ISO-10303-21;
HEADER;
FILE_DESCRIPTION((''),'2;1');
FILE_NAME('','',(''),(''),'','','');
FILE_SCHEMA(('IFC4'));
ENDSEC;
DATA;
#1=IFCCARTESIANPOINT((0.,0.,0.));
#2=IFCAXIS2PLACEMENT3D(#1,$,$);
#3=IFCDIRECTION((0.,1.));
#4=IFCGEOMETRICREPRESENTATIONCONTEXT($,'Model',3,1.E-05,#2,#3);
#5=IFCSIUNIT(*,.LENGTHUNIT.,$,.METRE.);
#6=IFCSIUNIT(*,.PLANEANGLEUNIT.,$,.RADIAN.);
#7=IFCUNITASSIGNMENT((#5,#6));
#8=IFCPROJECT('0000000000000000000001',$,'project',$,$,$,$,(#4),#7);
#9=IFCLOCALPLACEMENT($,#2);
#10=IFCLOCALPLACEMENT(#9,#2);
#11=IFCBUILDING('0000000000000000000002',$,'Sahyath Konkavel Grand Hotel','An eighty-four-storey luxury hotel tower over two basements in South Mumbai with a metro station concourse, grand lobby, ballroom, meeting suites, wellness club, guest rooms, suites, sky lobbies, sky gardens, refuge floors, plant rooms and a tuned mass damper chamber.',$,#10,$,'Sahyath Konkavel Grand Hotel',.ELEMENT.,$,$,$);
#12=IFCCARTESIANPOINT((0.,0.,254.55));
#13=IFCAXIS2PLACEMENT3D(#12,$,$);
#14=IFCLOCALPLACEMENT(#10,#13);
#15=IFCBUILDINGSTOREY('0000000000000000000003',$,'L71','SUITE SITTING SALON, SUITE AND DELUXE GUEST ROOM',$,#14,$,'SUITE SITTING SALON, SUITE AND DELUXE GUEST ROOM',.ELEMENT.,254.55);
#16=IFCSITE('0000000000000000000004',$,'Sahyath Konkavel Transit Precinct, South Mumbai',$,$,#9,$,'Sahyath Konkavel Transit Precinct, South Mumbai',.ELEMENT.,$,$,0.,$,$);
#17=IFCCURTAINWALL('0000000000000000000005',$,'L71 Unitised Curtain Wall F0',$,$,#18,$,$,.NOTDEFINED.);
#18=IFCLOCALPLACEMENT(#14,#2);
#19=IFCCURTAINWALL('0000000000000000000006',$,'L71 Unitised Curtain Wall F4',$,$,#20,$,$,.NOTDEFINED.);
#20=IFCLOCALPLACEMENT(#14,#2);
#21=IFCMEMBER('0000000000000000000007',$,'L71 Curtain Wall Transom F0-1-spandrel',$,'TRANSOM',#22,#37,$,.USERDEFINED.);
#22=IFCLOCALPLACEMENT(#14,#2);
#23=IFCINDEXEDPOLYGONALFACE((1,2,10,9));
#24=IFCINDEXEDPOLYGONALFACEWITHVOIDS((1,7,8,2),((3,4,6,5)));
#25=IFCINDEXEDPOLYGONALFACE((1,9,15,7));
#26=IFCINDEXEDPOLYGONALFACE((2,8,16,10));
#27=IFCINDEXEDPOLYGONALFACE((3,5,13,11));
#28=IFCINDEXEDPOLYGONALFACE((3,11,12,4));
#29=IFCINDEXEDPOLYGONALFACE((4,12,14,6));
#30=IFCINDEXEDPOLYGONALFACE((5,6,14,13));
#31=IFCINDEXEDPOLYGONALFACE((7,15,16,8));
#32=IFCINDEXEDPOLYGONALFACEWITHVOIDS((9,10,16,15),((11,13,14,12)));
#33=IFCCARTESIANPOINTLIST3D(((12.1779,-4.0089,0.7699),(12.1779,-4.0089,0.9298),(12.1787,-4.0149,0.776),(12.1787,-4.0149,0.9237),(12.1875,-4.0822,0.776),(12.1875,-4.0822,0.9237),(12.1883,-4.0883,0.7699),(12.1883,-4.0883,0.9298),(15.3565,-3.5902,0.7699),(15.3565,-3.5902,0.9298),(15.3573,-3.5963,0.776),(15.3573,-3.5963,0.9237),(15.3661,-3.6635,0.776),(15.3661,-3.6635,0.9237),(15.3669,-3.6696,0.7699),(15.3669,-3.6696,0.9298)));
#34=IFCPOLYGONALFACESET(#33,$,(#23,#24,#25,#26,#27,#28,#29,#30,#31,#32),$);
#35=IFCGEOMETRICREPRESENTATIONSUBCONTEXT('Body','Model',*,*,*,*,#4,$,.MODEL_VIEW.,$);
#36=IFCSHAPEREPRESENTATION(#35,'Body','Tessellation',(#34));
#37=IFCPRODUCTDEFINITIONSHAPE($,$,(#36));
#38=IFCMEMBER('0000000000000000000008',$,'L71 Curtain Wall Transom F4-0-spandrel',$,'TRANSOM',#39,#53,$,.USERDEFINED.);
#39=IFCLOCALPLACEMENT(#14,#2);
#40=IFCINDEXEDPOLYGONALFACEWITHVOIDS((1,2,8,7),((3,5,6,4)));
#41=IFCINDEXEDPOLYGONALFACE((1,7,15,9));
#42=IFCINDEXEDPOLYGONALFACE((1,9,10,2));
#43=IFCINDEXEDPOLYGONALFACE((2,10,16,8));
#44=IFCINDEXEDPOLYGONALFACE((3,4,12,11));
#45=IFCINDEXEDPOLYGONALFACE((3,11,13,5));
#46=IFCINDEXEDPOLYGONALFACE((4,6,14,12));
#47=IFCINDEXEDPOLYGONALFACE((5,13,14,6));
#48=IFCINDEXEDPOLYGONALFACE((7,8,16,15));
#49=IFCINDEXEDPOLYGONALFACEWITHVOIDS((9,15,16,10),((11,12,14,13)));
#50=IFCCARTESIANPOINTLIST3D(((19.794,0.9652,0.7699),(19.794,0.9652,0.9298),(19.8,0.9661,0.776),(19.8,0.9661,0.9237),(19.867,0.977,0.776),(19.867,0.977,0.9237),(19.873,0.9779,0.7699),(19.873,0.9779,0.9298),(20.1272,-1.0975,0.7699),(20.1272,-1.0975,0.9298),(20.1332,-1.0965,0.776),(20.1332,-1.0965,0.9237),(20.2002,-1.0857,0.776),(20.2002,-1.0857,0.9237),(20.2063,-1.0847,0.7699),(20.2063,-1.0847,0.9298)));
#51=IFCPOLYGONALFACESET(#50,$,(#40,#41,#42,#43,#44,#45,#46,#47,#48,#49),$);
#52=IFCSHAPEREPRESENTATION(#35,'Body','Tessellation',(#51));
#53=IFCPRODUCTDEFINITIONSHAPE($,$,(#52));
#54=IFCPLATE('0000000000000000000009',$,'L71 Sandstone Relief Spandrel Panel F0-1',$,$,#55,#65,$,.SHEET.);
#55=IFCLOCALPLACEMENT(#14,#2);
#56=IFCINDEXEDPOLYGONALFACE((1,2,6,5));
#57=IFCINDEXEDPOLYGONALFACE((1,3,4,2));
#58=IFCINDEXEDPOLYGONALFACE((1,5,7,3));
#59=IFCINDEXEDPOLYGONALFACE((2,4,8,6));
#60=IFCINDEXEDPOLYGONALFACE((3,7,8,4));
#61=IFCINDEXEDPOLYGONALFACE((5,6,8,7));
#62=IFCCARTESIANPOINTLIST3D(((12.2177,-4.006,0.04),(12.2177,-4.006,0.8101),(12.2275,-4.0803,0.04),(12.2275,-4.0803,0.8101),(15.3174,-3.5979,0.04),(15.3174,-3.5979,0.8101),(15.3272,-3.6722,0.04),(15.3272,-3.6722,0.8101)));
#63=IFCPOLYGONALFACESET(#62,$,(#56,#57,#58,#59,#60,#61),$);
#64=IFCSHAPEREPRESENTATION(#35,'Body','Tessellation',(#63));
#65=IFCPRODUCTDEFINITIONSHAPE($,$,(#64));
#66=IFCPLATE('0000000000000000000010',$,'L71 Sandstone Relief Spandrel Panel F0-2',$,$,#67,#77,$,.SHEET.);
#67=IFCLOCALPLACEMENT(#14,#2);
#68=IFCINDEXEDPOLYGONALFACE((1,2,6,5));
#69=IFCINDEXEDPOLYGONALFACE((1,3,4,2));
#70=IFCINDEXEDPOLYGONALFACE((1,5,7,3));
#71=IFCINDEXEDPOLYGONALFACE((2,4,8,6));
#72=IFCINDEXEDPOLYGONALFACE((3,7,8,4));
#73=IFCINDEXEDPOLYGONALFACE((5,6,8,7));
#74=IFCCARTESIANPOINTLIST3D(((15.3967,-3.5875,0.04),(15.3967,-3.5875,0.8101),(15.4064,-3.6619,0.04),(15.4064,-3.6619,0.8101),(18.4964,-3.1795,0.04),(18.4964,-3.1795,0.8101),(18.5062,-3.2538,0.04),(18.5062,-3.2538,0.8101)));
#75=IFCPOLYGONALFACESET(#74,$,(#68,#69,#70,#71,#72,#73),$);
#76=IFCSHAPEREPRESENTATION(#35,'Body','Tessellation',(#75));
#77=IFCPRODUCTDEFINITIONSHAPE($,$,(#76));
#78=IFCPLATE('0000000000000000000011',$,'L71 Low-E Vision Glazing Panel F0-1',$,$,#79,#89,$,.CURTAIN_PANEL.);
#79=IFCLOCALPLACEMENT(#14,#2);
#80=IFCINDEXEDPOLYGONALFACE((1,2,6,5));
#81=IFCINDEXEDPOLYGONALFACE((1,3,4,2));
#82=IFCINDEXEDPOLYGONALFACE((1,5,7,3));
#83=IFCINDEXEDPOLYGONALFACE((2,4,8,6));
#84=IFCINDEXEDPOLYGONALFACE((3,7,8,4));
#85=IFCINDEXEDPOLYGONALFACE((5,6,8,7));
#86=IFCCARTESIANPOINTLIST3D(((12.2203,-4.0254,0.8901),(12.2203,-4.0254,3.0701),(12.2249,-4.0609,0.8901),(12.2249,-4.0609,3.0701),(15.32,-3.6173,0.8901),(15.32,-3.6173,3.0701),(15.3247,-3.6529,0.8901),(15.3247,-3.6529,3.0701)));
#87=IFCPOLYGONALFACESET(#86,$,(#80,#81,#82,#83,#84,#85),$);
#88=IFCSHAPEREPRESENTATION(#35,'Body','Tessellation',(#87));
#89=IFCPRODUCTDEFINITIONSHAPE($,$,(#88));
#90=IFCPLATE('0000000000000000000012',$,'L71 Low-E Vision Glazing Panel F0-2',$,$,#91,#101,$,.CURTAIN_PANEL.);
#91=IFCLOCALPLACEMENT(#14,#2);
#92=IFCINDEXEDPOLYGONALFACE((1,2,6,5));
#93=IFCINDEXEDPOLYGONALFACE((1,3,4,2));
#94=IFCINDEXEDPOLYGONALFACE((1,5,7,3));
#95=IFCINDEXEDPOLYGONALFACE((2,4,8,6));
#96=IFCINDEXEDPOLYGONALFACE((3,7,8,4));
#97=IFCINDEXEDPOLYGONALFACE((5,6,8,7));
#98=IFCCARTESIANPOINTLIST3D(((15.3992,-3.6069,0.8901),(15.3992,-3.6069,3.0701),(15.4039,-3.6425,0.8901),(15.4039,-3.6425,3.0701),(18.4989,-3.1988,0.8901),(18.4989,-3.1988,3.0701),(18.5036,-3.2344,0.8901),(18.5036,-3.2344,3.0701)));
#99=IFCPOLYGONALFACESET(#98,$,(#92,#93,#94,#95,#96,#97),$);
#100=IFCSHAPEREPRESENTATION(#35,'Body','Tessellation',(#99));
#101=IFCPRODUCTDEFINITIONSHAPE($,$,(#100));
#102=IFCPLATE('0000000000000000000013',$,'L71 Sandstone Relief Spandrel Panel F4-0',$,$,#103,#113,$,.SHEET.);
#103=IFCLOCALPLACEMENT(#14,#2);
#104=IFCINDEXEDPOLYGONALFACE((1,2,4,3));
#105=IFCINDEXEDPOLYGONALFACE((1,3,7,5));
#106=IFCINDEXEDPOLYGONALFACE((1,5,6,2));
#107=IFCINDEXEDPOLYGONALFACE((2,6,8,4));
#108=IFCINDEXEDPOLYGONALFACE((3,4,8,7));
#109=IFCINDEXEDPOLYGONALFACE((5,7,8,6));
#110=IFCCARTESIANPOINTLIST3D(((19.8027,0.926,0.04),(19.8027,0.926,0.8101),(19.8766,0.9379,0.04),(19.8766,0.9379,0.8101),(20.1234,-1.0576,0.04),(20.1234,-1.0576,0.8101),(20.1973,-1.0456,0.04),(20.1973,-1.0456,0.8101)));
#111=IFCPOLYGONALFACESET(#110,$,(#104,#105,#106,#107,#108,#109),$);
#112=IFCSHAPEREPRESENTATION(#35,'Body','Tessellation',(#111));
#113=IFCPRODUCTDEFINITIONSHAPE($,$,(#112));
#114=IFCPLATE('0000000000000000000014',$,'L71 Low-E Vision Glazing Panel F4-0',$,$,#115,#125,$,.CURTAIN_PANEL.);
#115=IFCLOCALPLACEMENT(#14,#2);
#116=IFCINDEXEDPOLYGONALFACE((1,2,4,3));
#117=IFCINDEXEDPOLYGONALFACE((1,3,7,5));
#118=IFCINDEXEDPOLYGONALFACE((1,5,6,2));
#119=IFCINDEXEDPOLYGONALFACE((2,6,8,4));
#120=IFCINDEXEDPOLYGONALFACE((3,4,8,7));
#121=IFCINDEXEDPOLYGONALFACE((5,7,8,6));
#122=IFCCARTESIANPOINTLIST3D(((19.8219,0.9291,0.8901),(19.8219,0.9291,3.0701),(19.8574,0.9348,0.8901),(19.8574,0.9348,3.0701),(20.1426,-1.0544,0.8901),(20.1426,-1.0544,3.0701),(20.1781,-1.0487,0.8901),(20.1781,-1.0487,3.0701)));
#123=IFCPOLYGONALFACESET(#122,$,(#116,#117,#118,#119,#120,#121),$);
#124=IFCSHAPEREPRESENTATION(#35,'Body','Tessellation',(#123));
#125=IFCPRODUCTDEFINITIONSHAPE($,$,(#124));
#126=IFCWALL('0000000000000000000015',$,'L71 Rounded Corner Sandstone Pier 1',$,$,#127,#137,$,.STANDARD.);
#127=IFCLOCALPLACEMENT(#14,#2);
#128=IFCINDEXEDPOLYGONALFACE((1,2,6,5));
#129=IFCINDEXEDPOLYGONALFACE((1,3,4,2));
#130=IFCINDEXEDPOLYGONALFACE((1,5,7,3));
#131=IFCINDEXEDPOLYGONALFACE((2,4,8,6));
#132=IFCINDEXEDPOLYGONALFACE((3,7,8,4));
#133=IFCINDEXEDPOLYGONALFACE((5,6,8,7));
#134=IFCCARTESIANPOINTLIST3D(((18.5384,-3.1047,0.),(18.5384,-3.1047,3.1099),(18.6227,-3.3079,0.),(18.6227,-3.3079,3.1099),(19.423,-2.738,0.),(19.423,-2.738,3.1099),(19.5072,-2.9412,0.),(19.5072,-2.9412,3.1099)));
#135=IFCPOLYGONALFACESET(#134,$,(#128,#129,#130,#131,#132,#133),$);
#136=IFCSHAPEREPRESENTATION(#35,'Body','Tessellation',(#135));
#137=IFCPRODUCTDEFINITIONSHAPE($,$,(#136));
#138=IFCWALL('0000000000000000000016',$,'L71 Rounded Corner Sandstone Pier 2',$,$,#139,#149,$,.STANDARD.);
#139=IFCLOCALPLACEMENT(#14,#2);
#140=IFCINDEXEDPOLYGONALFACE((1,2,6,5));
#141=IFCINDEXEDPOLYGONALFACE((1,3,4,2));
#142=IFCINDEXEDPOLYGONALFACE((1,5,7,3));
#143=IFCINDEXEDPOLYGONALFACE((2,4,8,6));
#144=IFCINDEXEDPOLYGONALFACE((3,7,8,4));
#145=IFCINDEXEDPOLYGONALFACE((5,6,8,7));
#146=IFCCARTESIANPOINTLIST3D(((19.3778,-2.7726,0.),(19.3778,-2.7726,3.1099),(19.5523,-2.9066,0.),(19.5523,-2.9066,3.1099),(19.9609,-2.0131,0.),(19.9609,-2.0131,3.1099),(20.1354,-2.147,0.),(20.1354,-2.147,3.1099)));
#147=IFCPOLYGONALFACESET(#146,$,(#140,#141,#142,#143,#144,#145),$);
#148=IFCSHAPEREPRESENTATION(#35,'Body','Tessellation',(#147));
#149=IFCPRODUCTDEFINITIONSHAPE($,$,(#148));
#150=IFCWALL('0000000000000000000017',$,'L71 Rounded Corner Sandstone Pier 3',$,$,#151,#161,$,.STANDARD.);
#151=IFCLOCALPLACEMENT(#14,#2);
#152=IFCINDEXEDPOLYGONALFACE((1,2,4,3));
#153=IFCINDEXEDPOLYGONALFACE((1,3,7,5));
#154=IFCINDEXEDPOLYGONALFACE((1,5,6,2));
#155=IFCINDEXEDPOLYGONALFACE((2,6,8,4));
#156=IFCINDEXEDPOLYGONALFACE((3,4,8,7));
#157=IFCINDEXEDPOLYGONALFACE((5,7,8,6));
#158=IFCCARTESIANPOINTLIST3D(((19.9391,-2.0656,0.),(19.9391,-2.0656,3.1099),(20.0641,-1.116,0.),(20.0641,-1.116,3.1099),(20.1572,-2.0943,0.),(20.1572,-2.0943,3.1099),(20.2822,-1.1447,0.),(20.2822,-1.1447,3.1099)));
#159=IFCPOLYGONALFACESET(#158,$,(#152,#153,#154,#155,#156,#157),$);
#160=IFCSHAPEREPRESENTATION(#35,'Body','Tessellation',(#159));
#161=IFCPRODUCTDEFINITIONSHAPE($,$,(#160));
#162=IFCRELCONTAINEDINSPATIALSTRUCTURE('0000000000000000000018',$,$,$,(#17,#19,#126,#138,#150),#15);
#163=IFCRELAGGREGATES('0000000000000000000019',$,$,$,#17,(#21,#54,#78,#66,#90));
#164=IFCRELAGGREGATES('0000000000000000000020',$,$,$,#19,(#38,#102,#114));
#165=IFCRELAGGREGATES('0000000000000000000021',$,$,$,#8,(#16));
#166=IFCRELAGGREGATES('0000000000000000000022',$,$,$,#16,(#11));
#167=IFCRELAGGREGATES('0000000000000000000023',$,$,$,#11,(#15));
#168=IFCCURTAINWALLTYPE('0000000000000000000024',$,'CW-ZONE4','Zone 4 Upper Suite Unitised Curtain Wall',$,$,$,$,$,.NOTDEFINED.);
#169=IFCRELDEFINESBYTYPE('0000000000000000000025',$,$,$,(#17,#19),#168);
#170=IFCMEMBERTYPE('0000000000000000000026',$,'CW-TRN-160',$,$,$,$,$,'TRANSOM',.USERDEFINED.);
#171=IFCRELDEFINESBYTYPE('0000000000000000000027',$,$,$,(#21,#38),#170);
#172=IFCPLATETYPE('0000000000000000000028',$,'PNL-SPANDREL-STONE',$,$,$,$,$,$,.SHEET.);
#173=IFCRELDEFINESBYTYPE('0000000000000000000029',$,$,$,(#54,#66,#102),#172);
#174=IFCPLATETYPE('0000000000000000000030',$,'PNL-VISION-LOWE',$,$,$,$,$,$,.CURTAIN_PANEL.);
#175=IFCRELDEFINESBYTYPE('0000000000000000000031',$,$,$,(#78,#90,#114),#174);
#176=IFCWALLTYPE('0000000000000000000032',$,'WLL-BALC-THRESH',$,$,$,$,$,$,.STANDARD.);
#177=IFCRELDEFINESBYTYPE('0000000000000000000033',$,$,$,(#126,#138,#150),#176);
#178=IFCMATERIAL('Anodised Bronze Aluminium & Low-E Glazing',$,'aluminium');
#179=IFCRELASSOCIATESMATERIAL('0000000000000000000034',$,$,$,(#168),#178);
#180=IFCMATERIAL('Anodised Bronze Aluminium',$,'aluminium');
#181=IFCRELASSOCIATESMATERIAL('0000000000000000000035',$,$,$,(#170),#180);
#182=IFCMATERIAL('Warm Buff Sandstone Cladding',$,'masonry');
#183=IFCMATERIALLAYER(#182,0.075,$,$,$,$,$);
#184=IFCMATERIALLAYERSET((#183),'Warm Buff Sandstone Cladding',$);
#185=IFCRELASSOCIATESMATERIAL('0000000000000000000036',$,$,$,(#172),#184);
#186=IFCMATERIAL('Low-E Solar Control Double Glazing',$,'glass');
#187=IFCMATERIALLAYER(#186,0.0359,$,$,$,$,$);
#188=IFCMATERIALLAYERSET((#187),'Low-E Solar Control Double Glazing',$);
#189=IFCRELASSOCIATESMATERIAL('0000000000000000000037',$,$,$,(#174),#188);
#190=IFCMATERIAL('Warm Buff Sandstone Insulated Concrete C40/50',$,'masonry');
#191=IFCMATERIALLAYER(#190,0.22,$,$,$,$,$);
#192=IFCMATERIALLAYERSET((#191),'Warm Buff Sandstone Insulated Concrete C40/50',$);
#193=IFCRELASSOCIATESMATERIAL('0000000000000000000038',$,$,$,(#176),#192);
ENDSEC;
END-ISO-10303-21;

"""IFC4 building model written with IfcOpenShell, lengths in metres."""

from ifc_helpers import new_model, si_unit, direction, frame, frame_2d, origin, origin_2d, place, context, subcontext, project, spatial, rectangle, hollow_rectangle, extrude, source, transform, mapped, material, layer, layer_set, material_profile, profile_set, type_object, element, aggregate, save


model = new_model("IFC4")

# Units and contexts
model_context = context("Model", 3, precision=1e-05, world=origin(), true_north=direction((0.0, 1.0)))
body_context = subcontext(model_context, "Body", "Model", "MODEL_VIEW")
ifc_project = project(units=[si_unit("LENGTHUNIT", "METRE"), si_unit("PLANEANGLEUNIT", "RADIAN")], contexts=[model_context])

# Site, building, storey
site_placement = place(None, origin())
site = spatial("IfcSite", under=ifc_project, at=site_placement, Name="Sahyath Konkavel Transit Precinct, South Mumbai", LongName="Sahyath Konkavel Transit Precinct, South Mumbai", CompositionType="ELEMENT", RefElevation=0.0)
building_placement = place(site_placement, origin())
building = spatial("IfcBuilding", under=site, at=building_placement, Name="Sahyath Konkavel Grand Hotel", Description="An eighty-four-storey luxury hotel tower over two basements in South Mumbai with a metro station concourse, grand lobby, ballroom, meeting suites, wellness club, guest rooms, suites, sky lobbies, sky gardens, refuge floors, plant rooms and a tuned mass damper chamber.", LongName="Sahyath Konkavel Grand Hotel", CompositionType="ELEMENT")
storey_placement = place(building_placement, frame((0.0, 0.0, 254.55)))
storey = spatial("IfcBuildingStorey", under=building, at=storey_placement, Name="L71", Description="SUITE SITTING SALON, SUITE AND DELUXE GUEST ROOM", LongName="SUITE SITTING SALON, SUITE AND DELUXE GUEST ROOM", CompositionType="ELEMENT", Elevation=254.55)

# Curtain wall
ifc_material_1 = material(Name="Anodised Bronze Aluminium & Low-E Glazing", Category="aluminium")
curtain_wall_type = type_object("IfcCurtainWallType", Name="CW-ZONE4", Description="Zone 4 Upper Suite Unitised Curtain Wall", PredefinedType="NOTDEFINED", material=ifc_material_1)
curtain_wall_1_placement = place(storey_placement, origin())
curtain_wall_1 = element("IfcCurtainWall", 1, at=curtain_wall_1_placement, inside=storey, type_object=curtain_wall_type, Name="L71 Unitised Curtain Wall F0", PredefinedType="NOTDEFINED")
ifc_material_2 = material(Name="Anodised Bronze Aluminium", Category="aluminium")

# Curtain wall
curtain_wall_2_placement = place(storey_placement, origin())
curtain_wall_2 = element("IfcCurtainWall", 2, at=curtain_wall_2_placement, inside=storey, type_object=curtain_wall_type, Name="L71 Unitised Curtain Wall F4", PredefinedType="NOTDEFINED")

# Members
ifc_material_profile_1 = material_profile(ifc_material_2, hollow_rectangle(XDim=0.0801, YDim=0.1599, WallThickness=0.0061, at=origin_2d()), Name="RHS 160x80x6")
ifc_profile_set_1 = profile_set([ifc_material_profile_1], Name="Anodised Bronze Aluminium")
member_type_1 = type_object("IfcMemberType", Name="CW-TRN-160", ElementType="TRANSOM", PredefinedType="USERDEFINED", material=ifc_profile_set_1)
shared_shape_1 = source(origin(), body_context, "Body", "SweptSolid", [
    extrude(hollow_rectangle(XDim=0.0801, YDim=0.1599, WallThickness=0.0061, at=origin_2d()), origin(), (0.0, 0.0, 1.0), 3.2061),
])
member_1_placement = place(storey_placement, frame((12.1831, -4.0486, 0.8499), z_axis=(0.991436, 0.130592, 0.0), x_axis=(-0.130592, 0.991436, 0.0)))
member_1 = element("IfcMember", 3, at=member_1_placement, type_object=member_type_1, Name="L71 Curtain Wall Transom F0-1-spandrel", ObjectType="TRANSOM", PredefinedType="USERDEFINED", context=body_context, shape_type="MappedRepresentation", body=[
    mapped(shared_shape_1, transform((0.0, 0.0, 0.0), scale=1.0)),
])
shared_shape_2 = source(origin(), body_context, "Body", "SweptSolid", [
    extrude(hollow_rectangle(XDim=0.0801, YDim=0.1599, WallThickness=0.0061, at=origin_2d()), origin(), (0.0, 0.0, 1.0), 2.0894),
])
member_2_placement = place(storey_placement, frame((20.1667, -1.0911, 0.8499), z_axis=(-0.159508, 0.987197, 0.0), x_axis=(-0.987197, -0.159508, 0.0)))
member_2 = element("IfcMember", 4, at=member_2_placement, type_object=member_type_1, Name="L71 Curtain Wall Transom F4-0-spandrel", ObjectType="TRANSOM", PredefinedType="USERDEFINED", context=body_context, shape_type="MappedRepresentation", body=[
    mapped(shared_shape_2, transform((0.0, 0.0, 0.0), scale=1.0)),
])

# Plates
ifc_material_3 = material(Name="Warm Buff Sandstone Cladding", Category="masonry")
ifc_layer_1 = layer(ifc_material_3, 0.075)
ifc_layer_set_1 = layer_set([ifc_layer_1], Name="Warm Buff Sandstone Cladding")
plate_type_1 = type_object("IfcPlateType", Name="PNL-SPANDREL-STONE", PredefinedType="SHEET", material=ifc_layer_set_1)
shared_shape_3 = source(origin(), body_context, "Body", "SweptSolid", [
    extrude(rectangle(XDim=3.1265, YDim=0.075, at=origin_2d()), origin(), (0.0, 0.0, 1.0), 0.77),
])
plate_1_placement = place(storey_placement, frame((13.7725, -3.8391, 0.04), z_axis=(0.0, 0.0, 1.0), x_axis=(0.991445, 0.130526, 0.0)))
plate_1 = element("IfcPlate", 5, at=plate_1_placement, type_object=plate_type_1, Name="L71 Sandstone Relief Spandrel Panel F0-1", PredefinedType="SHEET", context=body_context, shape_type="MappedRepresentation", body=[
    mapped(shared_shape_3, transform((0.0, 0.0, 0.0), scale=1.0)),
])
plate_2_placement = place(storey_placement, frame((16.9514, -3.4207, 0.04), z_axis=(0.0, 0.0, 1.0), x_axis=(0.991445, 0.130526, 0.0)))
plate_2 = element("IfcPlate", 6, at=plate_2_placement, type_object=plate_type_1, Name="L71 Sandstone Relief Spandrel Panel F0-2", PredefinedType="SHEET", context=body_context, shape_type="MappedRepresentation", body=[
    mapped(shared_shape_3, transform((0.0, 0.0, 0.0), scale=1.0)),
])
ifc_material_4 = material(Name="Low-E Solar Control Double Glazing", Category="glass")
ifc_layer_2 = layer(ifc_material_4, 0.0359)
ifc_layer_set_2 = layer_set([ifc_layer_2], Name="Low-E Solar Control Double Glazing")
plate_type_2 = type_object("IfcPlateType", Name="PNL-VISION-LOWE", PredefinedType="CURTAIN_PANEL", material=ifc_layer_set_2)
shared_shape_4 = source(origin(), body_context, "Body", "SweptSolid", [
    extrude(rectangle(XDim=3.1265, YDim=0.0359, at=origin_2d()), origin(), (0.0, 0.0, 1.0), 2.1799),
])
plate_3_placement = place(storey_placement, frame((13.7725, -3.8391, 0.8901), z_axis=(0.0, 0.0, 1.0), x_axis=(0.991445, 0.130526, 0.0)))
plate_3 = element("IfcPlate", 7, at=plate_3_placement, type_object=plate_type_2, Name="L71 Low-E Vision Glazing Panel F0-1", PredefinedType="CURTAIN_PANEL", context=body_context, shape_type="MappedRepresentation", body=[
    mapped(shared_shape_4, transform((0.0, 0.0, 0.0), scale=1.0)),
])
plate_4_placement = place(storey_placement, frame((16.9514, -3.4207, 0.8901), z_axis=(0.0, 0.0, 1.0), x_axis=(0.991445, 0.130526, 0.0)))
plate_4 = element("IfcPlate", 8, at=plate_4_placement, type_object=plate_type_2, Name="L71 Low-E Vision Glazing Panel F0-2", PredefinedType="CURTAIN_PANEL", context=body_context, shape_type="MappedRepresentation", body=[
    mapped(shared_shape_4, transform((0.0, 0.0, 0.0), scale=1.0)),
])
aggregate(curtain_wall_1, [member_1, plate_1, plate_3, plate_2, plate_4])
shared_shape_5 = source(origin(), body_context, "Body", "SweptSolid", [
    extrude(rectangle(XDim=2.0093, YDim=0.075, at=origin_2d()), origin(), (0.0, 0.0, 1.0), 0.77),
])
plate_5_placement = place(storey_placement, frame((20.0, -0.0598, 0.04), z_axis=(0.0, 0.0, 1.0), x_axis=(-0.159606, 0.987181, 0.0)))
plate_5 = element("IfcPlate", 9, at=plate_5_placement, type_object=plate_type_1, Name="L71 Sandstone Relief Spandrel Panel F4-0", PredefinedType="SHEET", context=body_context, shape_type="MappedRepresentation", body=[
    mapped(shared_shape_5, transform((0.0, 0.0, 0.0), scale=1.0)),
])
shared_shape_6 = source(origin(), body_context, "Body", "SweptSolid", [
    extrude(rectangle(XDim=2.0093, YDim=0.0359, at=origin_2d()), origin(), (0.0, 0.0, 1.0), 2.1799),
])
plate_6_placement = place(storey_placement, frame((20.0, -0.0598, 0.8901), z_axis=(0.0, 0.0, 1.0), x_axis=(-0.159606, 0.987181, 0.0)))
plate_6 = element("IfcPlate", 10, at=plate_6_placement, type_object=plate_type_2, Name="L71 Low-E Vision Glazing Panel F4-0", PredefinedType="CURTAIN_PANEL", context=body_context, shape_type="MappedRepresentation", body=[
    mapped(shared_shape_6, transform((0.0, 0.0, 0.0), scale=1.0)),
])
aggregate(curtain_wall_2, [member_2, plate_5, plate_6])

# Walls
ifc_material_5 = material(Name="Warm Buff Sandstone Insulated Concrete C40/50", Category="masonry")
ifc_layer_3 = layer(ifc_material_5, 0.22)
ifc_layer_set_3 = layer_set([ifc_layer_3], Name="Warm Buff Sandstone Insulated Concrete C40/50")
wall_type_1 = type_object("IfcWallType", Name="WLL-BALC-THRESH", PredefinedType="STANDARD", material=ifc_layer_set_3)
for number, where, z_axis, x_axis, name in (
    (11, (18.5806, -3.2063, 0.0), (0.0, 0.0, 1.0), (0.923762, 0.382967, 0.0), "L71 Rounded Corner Sandstone Pier 1"),
    (12, (19.4651, -2.8396, 0.0), (0.0, 0.0, 1.0), (0.608897, 0.793249, 0.0), "L71 Rounded Corner Sandstone Pier 2"),
):
    element("IfcWall", number, at=place(storey_placement, frame(where, z_axis=z_axis, x_axis=x_axis)), inside=storey, type_object=wall_type_1, Name=name, PredefinedType="STANDARD", context=body_context, shape_type="SweptSolid", body=[
        extrude(rectangle(XDim=0.9575, YDim=0.22, at=frame_2d((0.4788, 0.0))), origin(), (0.0, 0.0, 1.0), 3.1099),
    ])
wall_1_placement = place(storey_placement, frame((20.0481, -2.0801, 0.0), z_axis=(0.0, 0.0, 1.0), x_axis=(0.130527, 0.991445, 0.0)))
element("IfcWall", 13, at=wall_1_placement, inside=storey, type_object=wall_type_1, Name="L71 Rounded Corner Sandstone Pier 3", PredefinedType="STANDARD", context=body_context, shape_type="SweptSolid", body=[
    extrude(rectangle(XDim=0.9578, YDim=0.22, at=frame_2d((0.479, 0.0))), origin(), (0.0, 0.0, 1.0), 3.1099),
])

save(model, "model.ifc")
